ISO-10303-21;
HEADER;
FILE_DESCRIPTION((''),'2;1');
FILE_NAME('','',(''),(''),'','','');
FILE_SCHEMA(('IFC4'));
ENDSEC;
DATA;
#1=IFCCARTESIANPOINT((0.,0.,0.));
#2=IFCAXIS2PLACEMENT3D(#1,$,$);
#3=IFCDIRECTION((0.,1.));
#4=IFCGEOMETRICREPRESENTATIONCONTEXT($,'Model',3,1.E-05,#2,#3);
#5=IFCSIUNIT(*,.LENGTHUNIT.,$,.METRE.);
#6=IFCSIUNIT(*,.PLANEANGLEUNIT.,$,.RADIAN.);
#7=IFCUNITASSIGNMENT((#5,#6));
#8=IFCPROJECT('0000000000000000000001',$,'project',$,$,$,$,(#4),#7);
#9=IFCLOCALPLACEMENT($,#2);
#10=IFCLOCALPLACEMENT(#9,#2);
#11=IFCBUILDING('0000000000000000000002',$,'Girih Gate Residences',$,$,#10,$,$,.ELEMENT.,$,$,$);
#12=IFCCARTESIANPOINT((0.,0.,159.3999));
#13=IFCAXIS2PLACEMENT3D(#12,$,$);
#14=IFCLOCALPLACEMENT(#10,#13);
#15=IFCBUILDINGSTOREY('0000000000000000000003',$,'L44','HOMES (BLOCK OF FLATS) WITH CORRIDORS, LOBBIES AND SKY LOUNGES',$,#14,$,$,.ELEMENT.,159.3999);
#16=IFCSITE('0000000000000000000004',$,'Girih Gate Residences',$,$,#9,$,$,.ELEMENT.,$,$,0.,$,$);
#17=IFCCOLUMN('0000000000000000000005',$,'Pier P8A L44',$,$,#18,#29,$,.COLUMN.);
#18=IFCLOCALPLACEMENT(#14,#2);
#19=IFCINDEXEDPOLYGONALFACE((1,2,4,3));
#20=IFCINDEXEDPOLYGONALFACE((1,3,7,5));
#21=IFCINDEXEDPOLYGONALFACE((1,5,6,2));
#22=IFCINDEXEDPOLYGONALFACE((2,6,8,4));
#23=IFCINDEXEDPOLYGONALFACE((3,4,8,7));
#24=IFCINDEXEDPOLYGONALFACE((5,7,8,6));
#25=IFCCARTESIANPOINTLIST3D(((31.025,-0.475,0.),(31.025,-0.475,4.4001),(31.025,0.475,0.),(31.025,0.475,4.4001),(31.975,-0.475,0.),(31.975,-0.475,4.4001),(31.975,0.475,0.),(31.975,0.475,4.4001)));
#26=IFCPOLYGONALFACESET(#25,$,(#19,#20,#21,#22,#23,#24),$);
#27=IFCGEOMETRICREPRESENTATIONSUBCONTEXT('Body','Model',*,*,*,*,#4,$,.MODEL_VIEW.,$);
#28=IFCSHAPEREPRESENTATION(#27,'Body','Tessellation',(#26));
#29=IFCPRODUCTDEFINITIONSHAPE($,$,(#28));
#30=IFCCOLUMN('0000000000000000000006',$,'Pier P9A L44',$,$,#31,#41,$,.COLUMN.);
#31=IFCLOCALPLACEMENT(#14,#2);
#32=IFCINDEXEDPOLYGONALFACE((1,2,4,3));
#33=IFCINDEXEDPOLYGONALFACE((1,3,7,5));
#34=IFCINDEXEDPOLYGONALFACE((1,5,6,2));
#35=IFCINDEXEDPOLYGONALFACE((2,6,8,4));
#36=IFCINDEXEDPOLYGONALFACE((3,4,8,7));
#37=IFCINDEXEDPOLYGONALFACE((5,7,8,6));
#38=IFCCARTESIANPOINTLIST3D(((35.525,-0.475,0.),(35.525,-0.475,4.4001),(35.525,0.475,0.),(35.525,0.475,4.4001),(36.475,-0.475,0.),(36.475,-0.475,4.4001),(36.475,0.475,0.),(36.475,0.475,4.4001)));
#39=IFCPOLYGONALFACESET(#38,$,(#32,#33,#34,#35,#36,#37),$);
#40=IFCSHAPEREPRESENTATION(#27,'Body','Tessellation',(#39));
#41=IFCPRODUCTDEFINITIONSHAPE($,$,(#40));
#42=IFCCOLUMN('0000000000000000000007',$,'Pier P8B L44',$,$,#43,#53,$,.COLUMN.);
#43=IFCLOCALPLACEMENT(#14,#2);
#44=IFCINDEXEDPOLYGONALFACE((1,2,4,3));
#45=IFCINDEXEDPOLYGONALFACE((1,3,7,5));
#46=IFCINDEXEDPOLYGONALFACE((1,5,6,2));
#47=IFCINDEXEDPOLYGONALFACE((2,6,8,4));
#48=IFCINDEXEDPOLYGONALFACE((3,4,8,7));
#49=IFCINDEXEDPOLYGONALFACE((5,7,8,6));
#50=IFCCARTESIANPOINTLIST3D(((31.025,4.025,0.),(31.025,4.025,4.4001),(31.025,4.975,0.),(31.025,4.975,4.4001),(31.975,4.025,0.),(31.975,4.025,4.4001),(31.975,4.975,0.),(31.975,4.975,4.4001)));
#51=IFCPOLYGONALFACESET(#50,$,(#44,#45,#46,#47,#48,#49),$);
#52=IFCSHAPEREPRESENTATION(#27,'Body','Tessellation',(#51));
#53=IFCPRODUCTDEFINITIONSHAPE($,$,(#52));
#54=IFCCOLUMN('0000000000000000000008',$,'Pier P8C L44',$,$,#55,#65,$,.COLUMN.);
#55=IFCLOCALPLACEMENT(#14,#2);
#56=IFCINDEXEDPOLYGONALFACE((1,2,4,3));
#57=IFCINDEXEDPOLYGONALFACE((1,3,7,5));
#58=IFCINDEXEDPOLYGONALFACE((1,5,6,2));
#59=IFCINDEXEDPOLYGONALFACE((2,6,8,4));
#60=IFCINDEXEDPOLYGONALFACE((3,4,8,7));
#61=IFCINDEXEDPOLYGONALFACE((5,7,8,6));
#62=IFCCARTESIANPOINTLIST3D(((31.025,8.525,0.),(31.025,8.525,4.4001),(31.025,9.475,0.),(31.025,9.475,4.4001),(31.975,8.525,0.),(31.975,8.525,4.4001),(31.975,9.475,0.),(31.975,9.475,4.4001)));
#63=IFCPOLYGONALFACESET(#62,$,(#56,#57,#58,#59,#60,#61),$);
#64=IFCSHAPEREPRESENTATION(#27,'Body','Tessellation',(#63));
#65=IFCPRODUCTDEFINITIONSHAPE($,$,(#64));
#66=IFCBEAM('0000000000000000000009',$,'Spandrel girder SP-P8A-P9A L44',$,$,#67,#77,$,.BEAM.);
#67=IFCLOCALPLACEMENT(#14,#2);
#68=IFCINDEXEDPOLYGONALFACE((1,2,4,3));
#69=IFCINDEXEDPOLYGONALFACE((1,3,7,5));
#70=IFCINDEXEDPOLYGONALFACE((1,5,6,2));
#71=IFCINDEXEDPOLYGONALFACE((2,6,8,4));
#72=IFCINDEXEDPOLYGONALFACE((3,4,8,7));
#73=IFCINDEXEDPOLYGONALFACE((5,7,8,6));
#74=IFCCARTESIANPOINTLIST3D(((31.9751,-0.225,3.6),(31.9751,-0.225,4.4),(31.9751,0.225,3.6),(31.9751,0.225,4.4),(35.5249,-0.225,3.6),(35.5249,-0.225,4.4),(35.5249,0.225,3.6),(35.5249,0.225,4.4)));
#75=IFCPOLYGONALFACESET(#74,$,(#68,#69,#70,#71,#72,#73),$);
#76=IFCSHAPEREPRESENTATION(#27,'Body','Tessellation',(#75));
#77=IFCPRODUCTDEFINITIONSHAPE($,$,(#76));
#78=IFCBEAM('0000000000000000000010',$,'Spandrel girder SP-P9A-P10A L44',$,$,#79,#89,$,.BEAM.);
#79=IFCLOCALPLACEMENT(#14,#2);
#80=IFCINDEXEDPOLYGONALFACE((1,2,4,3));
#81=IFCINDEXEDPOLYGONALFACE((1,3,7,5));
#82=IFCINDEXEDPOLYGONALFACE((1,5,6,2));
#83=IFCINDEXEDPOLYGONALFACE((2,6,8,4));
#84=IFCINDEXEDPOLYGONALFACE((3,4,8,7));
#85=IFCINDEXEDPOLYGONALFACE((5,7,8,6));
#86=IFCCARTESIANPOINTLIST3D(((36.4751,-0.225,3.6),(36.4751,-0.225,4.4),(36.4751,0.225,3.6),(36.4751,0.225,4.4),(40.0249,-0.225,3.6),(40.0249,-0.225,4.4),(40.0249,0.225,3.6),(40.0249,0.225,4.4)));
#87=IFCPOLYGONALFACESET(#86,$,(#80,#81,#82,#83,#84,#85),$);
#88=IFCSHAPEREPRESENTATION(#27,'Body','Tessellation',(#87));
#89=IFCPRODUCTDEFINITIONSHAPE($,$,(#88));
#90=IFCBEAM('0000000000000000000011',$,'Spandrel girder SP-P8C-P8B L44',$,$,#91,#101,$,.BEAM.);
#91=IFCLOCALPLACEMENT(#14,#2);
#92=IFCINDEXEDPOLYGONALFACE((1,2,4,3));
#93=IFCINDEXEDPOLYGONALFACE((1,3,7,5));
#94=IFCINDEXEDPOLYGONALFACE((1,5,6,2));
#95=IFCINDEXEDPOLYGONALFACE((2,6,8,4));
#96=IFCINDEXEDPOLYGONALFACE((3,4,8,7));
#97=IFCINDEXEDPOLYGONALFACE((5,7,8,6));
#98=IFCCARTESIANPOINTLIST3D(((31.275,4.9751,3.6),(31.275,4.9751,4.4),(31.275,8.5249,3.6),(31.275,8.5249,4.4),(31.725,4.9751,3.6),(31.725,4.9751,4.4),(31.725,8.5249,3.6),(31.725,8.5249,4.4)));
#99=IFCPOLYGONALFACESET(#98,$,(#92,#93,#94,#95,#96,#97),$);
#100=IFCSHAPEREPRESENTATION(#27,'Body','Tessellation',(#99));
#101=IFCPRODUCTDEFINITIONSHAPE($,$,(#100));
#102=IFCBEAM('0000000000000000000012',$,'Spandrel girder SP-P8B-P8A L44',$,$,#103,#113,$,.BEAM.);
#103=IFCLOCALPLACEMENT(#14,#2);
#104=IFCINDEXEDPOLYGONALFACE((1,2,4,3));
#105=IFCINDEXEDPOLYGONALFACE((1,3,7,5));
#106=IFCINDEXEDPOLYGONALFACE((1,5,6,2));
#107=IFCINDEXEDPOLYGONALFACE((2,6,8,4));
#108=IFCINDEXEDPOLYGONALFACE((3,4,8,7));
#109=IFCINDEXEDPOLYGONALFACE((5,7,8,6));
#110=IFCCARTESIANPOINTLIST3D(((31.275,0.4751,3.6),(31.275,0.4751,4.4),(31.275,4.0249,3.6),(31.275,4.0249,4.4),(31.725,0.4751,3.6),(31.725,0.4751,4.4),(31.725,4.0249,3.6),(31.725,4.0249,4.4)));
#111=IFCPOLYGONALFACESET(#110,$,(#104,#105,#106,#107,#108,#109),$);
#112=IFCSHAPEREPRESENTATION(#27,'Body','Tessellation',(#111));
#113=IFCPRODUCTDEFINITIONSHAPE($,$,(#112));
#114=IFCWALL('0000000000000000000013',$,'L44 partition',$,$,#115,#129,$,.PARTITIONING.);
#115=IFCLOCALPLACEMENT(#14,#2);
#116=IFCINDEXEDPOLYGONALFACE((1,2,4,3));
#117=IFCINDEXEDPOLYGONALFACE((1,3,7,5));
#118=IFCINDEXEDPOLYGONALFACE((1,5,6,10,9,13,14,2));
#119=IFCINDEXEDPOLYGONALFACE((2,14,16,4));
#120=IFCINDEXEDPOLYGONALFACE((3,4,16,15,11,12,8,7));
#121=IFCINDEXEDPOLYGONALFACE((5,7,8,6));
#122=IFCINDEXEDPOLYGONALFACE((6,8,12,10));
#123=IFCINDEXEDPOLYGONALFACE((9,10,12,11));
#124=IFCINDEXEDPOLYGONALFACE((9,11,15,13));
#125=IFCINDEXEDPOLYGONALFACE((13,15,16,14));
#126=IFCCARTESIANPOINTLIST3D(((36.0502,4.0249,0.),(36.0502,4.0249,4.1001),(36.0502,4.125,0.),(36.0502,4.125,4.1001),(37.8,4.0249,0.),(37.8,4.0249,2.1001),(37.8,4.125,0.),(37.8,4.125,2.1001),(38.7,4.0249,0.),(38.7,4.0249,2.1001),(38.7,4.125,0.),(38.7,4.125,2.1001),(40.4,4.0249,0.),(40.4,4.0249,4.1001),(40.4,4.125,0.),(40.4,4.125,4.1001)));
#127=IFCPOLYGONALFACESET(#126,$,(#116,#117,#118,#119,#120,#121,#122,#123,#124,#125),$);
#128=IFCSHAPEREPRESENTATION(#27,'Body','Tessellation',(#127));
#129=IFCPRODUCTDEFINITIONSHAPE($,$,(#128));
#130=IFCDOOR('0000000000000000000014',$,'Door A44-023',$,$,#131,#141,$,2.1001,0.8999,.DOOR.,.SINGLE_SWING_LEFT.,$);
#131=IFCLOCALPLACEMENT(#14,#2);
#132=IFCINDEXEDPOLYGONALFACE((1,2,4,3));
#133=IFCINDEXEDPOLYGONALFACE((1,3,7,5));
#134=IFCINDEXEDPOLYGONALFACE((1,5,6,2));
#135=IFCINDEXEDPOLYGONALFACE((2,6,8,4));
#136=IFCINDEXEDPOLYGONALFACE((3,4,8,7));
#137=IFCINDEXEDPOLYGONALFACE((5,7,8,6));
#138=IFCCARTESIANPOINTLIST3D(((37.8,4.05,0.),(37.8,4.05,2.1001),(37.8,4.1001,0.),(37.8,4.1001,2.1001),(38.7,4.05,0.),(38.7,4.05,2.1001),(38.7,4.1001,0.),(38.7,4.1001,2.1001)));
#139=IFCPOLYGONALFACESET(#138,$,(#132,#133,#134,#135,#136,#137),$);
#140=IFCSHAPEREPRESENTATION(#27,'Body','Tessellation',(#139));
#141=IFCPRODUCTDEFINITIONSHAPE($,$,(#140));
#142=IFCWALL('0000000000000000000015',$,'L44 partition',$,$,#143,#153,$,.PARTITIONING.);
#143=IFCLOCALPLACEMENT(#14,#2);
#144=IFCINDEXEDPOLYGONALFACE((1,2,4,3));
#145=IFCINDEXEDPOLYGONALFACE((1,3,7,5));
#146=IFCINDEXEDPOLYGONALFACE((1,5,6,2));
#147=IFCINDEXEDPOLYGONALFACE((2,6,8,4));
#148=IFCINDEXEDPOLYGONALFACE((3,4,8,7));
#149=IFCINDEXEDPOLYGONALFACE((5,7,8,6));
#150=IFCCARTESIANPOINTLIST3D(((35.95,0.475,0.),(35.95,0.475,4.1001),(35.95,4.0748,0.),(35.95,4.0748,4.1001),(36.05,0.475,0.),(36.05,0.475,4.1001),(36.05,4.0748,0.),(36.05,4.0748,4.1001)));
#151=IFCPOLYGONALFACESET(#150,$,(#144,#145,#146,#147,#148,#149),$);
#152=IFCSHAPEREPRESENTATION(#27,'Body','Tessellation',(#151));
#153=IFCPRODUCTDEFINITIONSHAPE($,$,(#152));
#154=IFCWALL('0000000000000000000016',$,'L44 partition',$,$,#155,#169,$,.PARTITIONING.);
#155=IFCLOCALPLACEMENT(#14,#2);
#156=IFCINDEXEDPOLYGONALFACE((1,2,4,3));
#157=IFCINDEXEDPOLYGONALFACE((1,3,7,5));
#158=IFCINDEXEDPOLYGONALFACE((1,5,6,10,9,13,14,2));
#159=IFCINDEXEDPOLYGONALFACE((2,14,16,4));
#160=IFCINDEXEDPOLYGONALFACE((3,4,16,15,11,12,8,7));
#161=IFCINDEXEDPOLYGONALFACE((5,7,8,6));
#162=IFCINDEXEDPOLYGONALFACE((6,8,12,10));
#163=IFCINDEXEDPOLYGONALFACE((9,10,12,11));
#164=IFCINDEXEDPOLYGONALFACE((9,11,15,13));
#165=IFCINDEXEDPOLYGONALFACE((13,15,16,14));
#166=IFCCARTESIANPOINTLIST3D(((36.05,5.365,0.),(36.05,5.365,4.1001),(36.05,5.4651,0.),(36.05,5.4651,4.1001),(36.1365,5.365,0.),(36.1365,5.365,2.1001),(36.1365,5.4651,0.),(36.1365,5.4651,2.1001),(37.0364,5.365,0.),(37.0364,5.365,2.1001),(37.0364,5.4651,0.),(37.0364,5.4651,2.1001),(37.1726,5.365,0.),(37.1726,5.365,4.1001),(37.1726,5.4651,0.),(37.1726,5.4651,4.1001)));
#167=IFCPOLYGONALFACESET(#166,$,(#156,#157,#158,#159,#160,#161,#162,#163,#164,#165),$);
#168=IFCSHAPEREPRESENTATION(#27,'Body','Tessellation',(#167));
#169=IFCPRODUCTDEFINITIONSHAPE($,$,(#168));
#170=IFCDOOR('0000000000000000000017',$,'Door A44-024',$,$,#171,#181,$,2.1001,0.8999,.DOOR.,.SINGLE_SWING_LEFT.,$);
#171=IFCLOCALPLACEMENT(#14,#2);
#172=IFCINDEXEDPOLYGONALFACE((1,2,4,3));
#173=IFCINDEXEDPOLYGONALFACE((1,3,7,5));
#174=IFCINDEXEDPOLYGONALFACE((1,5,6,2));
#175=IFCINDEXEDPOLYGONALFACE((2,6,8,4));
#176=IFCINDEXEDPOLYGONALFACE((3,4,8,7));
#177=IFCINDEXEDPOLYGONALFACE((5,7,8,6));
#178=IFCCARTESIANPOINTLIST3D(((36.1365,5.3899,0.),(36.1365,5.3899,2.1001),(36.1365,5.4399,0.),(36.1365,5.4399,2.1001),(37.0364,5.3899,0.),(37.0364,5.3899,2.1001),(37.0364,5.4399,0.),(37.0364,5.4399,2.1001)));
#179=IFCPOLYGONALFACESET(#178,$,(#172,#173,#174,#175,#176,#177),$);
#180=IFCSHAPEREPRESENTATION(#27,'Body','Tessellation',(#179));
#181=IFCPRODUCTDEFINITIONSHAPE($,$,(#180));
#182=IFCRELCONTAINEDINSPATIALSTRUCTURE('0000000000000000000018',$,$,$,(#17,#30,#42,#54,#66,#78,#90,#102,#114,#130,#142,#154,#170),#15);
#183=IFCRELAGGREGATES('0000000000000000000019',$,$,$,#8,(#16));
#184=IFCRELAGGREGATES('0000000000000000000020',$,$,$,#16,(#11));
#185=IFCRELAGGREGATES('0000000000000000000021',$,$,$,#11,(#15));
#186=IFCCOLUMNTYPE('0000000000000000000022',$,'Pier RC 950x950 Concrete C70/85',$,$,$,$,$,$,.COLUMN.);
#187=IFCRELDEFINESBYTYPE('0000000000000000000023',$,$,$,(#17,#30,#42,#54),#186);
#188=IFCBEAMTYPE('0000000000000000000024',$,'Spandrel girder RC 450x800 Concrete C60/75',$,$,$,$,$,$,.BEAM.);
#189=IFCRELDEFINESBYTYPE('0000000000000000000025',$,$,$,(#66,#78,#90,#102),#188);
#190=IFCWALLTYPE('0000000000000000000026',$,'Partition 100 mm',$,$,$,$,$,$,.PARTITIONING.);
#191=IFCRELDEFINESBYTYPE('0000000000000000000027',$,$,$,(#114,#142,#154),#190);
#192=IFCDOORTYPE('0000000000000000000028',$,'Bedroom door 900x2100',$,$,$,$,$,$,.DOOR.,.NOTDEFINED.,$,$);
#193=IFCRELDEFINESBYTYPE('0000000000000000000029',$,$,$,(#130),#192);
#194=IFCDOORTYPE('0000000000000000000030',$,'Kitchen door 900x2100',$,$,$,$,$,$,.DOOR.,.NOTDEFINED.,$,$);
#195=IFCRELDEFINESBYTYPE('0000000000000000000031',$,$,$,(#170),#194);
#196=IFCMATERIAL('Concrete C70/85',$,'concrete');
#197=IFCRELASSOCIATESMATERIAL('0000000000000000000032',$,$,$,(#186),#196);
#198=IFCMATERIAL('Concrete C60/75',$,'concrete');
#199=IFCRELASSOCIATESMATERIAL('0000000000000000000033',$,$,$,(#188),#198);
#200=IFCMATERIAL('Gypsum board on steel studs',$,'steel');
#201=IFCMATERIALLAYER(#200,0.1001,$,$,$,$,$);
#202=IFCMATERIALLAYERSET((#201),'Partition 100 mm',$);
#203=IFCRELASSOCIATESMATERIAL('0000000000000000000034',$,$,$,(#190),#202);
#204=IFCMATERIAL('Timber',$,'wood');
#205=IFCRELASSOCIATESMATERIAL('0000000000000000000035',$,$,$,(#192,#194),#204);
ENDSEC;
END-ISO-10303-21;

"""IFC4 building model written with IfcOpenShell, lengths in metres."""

from ifc_helpers import new_model, si_unit, direction, frame, frame_2d, origin, origin_2d, place, context, subcontext, project, spatial, rectangle, extrude, material, layer, layer_set, material_profile, profile_set, type_object, element, fill, save


model = new_model("IFC4")

# Units and contexts
model_context = context("Model", 3, precision=1e-05, world=origin(), true_north=direction((0.0, 1.0)))
body_context = subcontext(model_context, "Body", "Model", "MODEL_VIEW")
ifc_project = project(units=[si_unit("LENGTHUNIT", "METRE"), si_unit("PLANEANGLEUNIT", "RADIAN")], contexts=[model_context])

# Site, building, storey
site_placement = place(None, origin())
site = spatial("IfcSite", under=ifc_project, at=site_placement, Name="Girih Gate Residences", CompositionType="ELEMENT", RefElevation=0.0)
building_placement = place(site_placement, origin())
building = spatial("IfcBuilding", under=site, at=building_placement, Name="Girih Gate Residences", CompositionType="ELEMENT")
storey_placement = place(building_placement, frame((0.0, 0.0, 159.3999)))
storey = spatial("IfcBuildingStorey", under=building, at=storey_placement, Name="L44", Description="HOMES (BLOCK OF FLATS) WITH CORRIDORS, LOBBIES AND SKY LOUNGES", CompositionType="ELEMENT", Elevation=159.3999)

# Columns
ifc_material_1 = material(Name="Concrete C70/85", Category="concrete")
ifc_material_profile_1 = material_profile(ifc_material_1, rectangle(XDim=0.95, YDim=0.95, at=origin_2d()))
ifc_profile_set_1 = profile_set([ifc_material_profile_1], Name="Concrete C70/85")
column_type = type_object("IfcColumnType", Name="Pier RC 950x950 Concrete C70/85", PredefinedType="COLUMN", material=ifc_profile_set_1)
for number, where, z_axis, x_axis, name in (
    (1, (31.5, 0.0, 0.0), (0.0, 0.0, 1.0), (1.0, 0.0, 0.0), "Pier P8A L44"),
    (2, (36.0, 0.0, 0.0), (0.0, 0.0, 1.0), (1.0, 0.0, 0.0), "Pier P9A L44"),
    (3, (31.5, 4.5, 0.0), (0.0, 0.0, 1.0), (1.0, 0.0, 0.0), "Pier P8B L44"),
    (4, (31.5, 9.0, 0.0), (0.0, 0.0, 1.0), (1.0, 0.0, 0.0), "Pier P8C L44"),
):
    element("IfcColumn", number, at=place(storey_placement, frame(where, z_axis=z_axis, x_axis=x_axis)), inside=storey, type_object=column_type, Name=name, PredefinedType="COLUMN", context=body_context, shape_type="SweptSolid", body=[
        extrude(rectangle(XDim=0.95, YDim=0.95, at=origin_2d()), origin(), (0.0, 0.0, 1.0), 4.4001),
    ])

# Beams
ifc_material_2 = material(Name="Concrete C60/75", Category="concrete")
ifc_material_profile_2 = material_profile(ifc_material_2, rectangle(XDim=0.45, YDim=0.8, at=origin_2d()))
ifc_profile_set_2 = profile_set([ifc_material_profile_2], Name="Concrete C60/75")
beam_type = type_object("IfcBeamType", Name="Spandrel girder RC 450x800 Concrete C60/75", PredefinedType="BEAM", material=ifc_profile_set_2)
for number, where, z_axis, x_axis, name in (
    (5, (31.9751, 0.0, 4.0), (1.0, 0.0, 0.0), (0.0, 1.0, 0.0), "Spandrel girder SP-P8A-P9A L44"),
    (6, (36.4751, 0.0, 4.0), (1.0, 0.0, 0.0), (0.0, 1.0, 0.0), "Spandrel girder SP-P9A-P10A L44"),
    (7, (31.5, 8.5249, 4.0), (0.0, -1.0, 0.0), (1.0, 0.0, 0.0), "Spandrel girder SP-P8C-P8B L44"),
    (8, (31.5, 4.0249, 4.0), (0.0, -1.0, 0.0), (1.0, 0.0, 0.0), "Spandrel girder SP-P8B-P8A L44"),
):
    element("IfcBeam", number, at=place(storey_placement, frame(where, z_axis=z_axis, x_axis=x_axis)), inside=storey, type_object=beam_type, Name=name, PredefinedType="BEAM", context=body_context, shape_type="SweptSolid", body=[
        extrude(rectangle(XDim=0.45, YDim=0.8, at=origin_2d()), origin(), (0.0, 0.0, 1.0), 3.5498),
    ])

# Wall, opening, door
ifc_material_3 = material(Name="Gypsum board on steel studs", Category="steel")
ifc_layer_1 = layer(ifc_material_3, 0.1001)
ifc_layer_set_1 = layer_set([ifc_layer_1], Name="Partition 100 mm")
wall_type_1 = type_object("IfcWallType", Name="Partition 100 mm", PredefinedType="PARTITIONING", material=ifc_layer_set_1)
wall_1_placement = place(storey_placement, frame((40.3999, 4.075, 0.0), z_axis=(0.0, 0.0, 1.0), x_axis=(-1.0, 0.0, 0.0)))
wall_1 = element("IfcWall", 9, at=wall_1_placement, inside=storey, type_object=wall_type_1, Name="L44 partition", PredefinedType="PARTITIONING", context=body_context, shape_type="SweptSolid", body=[
    extrude(rectangle(XDim=4.3499, YDim=0.1001, at=frame_2d((2.1748, 0.0))), origin(), (0.0, 0.0, 1.0), 4.1001),
])
opening_1_placement = place(wall_1_placement, frame((1.7, 0.0, 0.0)))
opening_1 = element("IfcOpeningElement", 10, at=opening_1_placement, cuts=wall_1, PredefinedType="OPENING", context=body_context, shape_type="SweptSolid", body=[
    extrude(rectangle(XDim=0.8999, YDim=2.1001, at=frame_2d((0.45, 1.05))), frame((0.0, 0.0601, 0.0), z_axis=(0.0, -1.0, 0.0), x_axis=(1.0, 0.0, 0.0)), (0.0, 0.0, 1.0), 0.1201),
])
ifc_material_4 = material(Name="Timber", Category="wood")
door_type_1 = type_object("IfcDoorType", Name="Bedroom door 900x2100", OperationType="NOTDEFINED", PredefinedType="DOOR", material=ifc_material_4)
door_1_placement = place(opening_1_placement, origin())
door_1 = element("IfcDoor", 11, at=door_1_placement, inside=storey, type_object=door_type_1, Name="Door A44-023", OperationType="SINGLE_SWING_LEFT", OverallHeight=2.1001, OverallWidth=0.8999, PredefinedType="DOOR", context=body_context, shape_type="SweptSolid", body=[
    extrude(rectangle(XDim=0.8999, YDim=2.1001, at=frame_2d((0.45, 1.05))), frame((0.0, 0.0249, 0.0), z_axis=(0.0, -1.0, 0.0), x_axis=(1.0, 0.0, 0.0)), (0.0, 0.0, 1.0), 0.05),
])
fill(opening_1, door_1)

# Wall
wall_2_placement = place(storey_placement, frame((36.0, 0.4751, 0.0), z_axis=(0.0, 0.0, 1.0), x_axis=(0.0, 1.0, 0.0)))
element("IfcWall", 12, at=wall_2_placement, inside=storey, type_object=wall_type_1, Name="L44 partition", PredefinedType="PARTITIONING", context=body_context, shape_type="SweptSolid", body=[
    extrude(rectangle(XDim=3.5999, YDim=0.1001, at=frame_2d((1.7998, 0.0))), origin(), (0.0, 0.0, 1.0), 4.1001),
])

# Wall, opening, door
wall_3_placement = place(storey_placement, frame((36.05, 5.415, 0.0), z_axis=(0.0, 0.0, 1.0), x_axis=(1.0, 0.0, 0.0)))
wall_3 = element("IfcWall", 13, at=wall_3_placement, inside=storey, type_object=wall_type_1, Name="L44 partition", PredefinedType="PARTITIONING", context=body_context, shape_type="SweptSolid", body=[
    extrude(rectangle(XDim=1.1226, YDim=0.1001, at=frame_2d((0.5613, 0.0))), origin(), (0.0, 0.0, 1.0), 4.1001),
])
opening_2_placement = place(wall_3_placement, frame((0.0864, 0.0, 0.0)))
opening_2 = element("IfcOpeningElement", 14, at=opening_2_placement, cuts=wall_3, PredefinedType="OPENING", context=body_context, shape_type="SweptSolid", body=[
    extrude(rectangle(XDim=0.8999, YDim=2.1001, at=frame_2d((0.45, 1.05))), frame((0.0, 0.0601, 0.0), z_axis=(0.0, -1.0, 0.0), x_axis=(1.0, 0.0, 0.0)), (0.0, 0.0, 1.0), 0.1201),
])
door_type_2 = type_object("IfcDoorType", Name="Kitchen door 900x2100", OperationType="NOTDEFINED", PredefinedType="DOOR", material=ifc_material_4)
door_2_placement = place(opening_2_placement, origin())
door_2 = element("IfcDoor", 15, at=door_2_placement, inside=storey, type_object=door_type_2, Name="Door A44-024", OperationType="SINGLE_SWING_LEFT", OverallHeight=2.1001, OverallWidth=0.8999, PredefinedType="DOOR", context=body_context, shape_type="SweptSolid", body=[
    extrude(rectangle(XDim=0.8999, YDim=2.1001, at=frame_2d((0.45, 1.05))), frame((0.0, 0.0249, 0.0), z_axis=(0.0, -1.0, 0.0), x_axis=(1.0, 0.0, 0.0)), (0.0, 0.0, 1.0), 0.05),
])
fill(opening_2, door_2)

save(model, "model.ifc")
